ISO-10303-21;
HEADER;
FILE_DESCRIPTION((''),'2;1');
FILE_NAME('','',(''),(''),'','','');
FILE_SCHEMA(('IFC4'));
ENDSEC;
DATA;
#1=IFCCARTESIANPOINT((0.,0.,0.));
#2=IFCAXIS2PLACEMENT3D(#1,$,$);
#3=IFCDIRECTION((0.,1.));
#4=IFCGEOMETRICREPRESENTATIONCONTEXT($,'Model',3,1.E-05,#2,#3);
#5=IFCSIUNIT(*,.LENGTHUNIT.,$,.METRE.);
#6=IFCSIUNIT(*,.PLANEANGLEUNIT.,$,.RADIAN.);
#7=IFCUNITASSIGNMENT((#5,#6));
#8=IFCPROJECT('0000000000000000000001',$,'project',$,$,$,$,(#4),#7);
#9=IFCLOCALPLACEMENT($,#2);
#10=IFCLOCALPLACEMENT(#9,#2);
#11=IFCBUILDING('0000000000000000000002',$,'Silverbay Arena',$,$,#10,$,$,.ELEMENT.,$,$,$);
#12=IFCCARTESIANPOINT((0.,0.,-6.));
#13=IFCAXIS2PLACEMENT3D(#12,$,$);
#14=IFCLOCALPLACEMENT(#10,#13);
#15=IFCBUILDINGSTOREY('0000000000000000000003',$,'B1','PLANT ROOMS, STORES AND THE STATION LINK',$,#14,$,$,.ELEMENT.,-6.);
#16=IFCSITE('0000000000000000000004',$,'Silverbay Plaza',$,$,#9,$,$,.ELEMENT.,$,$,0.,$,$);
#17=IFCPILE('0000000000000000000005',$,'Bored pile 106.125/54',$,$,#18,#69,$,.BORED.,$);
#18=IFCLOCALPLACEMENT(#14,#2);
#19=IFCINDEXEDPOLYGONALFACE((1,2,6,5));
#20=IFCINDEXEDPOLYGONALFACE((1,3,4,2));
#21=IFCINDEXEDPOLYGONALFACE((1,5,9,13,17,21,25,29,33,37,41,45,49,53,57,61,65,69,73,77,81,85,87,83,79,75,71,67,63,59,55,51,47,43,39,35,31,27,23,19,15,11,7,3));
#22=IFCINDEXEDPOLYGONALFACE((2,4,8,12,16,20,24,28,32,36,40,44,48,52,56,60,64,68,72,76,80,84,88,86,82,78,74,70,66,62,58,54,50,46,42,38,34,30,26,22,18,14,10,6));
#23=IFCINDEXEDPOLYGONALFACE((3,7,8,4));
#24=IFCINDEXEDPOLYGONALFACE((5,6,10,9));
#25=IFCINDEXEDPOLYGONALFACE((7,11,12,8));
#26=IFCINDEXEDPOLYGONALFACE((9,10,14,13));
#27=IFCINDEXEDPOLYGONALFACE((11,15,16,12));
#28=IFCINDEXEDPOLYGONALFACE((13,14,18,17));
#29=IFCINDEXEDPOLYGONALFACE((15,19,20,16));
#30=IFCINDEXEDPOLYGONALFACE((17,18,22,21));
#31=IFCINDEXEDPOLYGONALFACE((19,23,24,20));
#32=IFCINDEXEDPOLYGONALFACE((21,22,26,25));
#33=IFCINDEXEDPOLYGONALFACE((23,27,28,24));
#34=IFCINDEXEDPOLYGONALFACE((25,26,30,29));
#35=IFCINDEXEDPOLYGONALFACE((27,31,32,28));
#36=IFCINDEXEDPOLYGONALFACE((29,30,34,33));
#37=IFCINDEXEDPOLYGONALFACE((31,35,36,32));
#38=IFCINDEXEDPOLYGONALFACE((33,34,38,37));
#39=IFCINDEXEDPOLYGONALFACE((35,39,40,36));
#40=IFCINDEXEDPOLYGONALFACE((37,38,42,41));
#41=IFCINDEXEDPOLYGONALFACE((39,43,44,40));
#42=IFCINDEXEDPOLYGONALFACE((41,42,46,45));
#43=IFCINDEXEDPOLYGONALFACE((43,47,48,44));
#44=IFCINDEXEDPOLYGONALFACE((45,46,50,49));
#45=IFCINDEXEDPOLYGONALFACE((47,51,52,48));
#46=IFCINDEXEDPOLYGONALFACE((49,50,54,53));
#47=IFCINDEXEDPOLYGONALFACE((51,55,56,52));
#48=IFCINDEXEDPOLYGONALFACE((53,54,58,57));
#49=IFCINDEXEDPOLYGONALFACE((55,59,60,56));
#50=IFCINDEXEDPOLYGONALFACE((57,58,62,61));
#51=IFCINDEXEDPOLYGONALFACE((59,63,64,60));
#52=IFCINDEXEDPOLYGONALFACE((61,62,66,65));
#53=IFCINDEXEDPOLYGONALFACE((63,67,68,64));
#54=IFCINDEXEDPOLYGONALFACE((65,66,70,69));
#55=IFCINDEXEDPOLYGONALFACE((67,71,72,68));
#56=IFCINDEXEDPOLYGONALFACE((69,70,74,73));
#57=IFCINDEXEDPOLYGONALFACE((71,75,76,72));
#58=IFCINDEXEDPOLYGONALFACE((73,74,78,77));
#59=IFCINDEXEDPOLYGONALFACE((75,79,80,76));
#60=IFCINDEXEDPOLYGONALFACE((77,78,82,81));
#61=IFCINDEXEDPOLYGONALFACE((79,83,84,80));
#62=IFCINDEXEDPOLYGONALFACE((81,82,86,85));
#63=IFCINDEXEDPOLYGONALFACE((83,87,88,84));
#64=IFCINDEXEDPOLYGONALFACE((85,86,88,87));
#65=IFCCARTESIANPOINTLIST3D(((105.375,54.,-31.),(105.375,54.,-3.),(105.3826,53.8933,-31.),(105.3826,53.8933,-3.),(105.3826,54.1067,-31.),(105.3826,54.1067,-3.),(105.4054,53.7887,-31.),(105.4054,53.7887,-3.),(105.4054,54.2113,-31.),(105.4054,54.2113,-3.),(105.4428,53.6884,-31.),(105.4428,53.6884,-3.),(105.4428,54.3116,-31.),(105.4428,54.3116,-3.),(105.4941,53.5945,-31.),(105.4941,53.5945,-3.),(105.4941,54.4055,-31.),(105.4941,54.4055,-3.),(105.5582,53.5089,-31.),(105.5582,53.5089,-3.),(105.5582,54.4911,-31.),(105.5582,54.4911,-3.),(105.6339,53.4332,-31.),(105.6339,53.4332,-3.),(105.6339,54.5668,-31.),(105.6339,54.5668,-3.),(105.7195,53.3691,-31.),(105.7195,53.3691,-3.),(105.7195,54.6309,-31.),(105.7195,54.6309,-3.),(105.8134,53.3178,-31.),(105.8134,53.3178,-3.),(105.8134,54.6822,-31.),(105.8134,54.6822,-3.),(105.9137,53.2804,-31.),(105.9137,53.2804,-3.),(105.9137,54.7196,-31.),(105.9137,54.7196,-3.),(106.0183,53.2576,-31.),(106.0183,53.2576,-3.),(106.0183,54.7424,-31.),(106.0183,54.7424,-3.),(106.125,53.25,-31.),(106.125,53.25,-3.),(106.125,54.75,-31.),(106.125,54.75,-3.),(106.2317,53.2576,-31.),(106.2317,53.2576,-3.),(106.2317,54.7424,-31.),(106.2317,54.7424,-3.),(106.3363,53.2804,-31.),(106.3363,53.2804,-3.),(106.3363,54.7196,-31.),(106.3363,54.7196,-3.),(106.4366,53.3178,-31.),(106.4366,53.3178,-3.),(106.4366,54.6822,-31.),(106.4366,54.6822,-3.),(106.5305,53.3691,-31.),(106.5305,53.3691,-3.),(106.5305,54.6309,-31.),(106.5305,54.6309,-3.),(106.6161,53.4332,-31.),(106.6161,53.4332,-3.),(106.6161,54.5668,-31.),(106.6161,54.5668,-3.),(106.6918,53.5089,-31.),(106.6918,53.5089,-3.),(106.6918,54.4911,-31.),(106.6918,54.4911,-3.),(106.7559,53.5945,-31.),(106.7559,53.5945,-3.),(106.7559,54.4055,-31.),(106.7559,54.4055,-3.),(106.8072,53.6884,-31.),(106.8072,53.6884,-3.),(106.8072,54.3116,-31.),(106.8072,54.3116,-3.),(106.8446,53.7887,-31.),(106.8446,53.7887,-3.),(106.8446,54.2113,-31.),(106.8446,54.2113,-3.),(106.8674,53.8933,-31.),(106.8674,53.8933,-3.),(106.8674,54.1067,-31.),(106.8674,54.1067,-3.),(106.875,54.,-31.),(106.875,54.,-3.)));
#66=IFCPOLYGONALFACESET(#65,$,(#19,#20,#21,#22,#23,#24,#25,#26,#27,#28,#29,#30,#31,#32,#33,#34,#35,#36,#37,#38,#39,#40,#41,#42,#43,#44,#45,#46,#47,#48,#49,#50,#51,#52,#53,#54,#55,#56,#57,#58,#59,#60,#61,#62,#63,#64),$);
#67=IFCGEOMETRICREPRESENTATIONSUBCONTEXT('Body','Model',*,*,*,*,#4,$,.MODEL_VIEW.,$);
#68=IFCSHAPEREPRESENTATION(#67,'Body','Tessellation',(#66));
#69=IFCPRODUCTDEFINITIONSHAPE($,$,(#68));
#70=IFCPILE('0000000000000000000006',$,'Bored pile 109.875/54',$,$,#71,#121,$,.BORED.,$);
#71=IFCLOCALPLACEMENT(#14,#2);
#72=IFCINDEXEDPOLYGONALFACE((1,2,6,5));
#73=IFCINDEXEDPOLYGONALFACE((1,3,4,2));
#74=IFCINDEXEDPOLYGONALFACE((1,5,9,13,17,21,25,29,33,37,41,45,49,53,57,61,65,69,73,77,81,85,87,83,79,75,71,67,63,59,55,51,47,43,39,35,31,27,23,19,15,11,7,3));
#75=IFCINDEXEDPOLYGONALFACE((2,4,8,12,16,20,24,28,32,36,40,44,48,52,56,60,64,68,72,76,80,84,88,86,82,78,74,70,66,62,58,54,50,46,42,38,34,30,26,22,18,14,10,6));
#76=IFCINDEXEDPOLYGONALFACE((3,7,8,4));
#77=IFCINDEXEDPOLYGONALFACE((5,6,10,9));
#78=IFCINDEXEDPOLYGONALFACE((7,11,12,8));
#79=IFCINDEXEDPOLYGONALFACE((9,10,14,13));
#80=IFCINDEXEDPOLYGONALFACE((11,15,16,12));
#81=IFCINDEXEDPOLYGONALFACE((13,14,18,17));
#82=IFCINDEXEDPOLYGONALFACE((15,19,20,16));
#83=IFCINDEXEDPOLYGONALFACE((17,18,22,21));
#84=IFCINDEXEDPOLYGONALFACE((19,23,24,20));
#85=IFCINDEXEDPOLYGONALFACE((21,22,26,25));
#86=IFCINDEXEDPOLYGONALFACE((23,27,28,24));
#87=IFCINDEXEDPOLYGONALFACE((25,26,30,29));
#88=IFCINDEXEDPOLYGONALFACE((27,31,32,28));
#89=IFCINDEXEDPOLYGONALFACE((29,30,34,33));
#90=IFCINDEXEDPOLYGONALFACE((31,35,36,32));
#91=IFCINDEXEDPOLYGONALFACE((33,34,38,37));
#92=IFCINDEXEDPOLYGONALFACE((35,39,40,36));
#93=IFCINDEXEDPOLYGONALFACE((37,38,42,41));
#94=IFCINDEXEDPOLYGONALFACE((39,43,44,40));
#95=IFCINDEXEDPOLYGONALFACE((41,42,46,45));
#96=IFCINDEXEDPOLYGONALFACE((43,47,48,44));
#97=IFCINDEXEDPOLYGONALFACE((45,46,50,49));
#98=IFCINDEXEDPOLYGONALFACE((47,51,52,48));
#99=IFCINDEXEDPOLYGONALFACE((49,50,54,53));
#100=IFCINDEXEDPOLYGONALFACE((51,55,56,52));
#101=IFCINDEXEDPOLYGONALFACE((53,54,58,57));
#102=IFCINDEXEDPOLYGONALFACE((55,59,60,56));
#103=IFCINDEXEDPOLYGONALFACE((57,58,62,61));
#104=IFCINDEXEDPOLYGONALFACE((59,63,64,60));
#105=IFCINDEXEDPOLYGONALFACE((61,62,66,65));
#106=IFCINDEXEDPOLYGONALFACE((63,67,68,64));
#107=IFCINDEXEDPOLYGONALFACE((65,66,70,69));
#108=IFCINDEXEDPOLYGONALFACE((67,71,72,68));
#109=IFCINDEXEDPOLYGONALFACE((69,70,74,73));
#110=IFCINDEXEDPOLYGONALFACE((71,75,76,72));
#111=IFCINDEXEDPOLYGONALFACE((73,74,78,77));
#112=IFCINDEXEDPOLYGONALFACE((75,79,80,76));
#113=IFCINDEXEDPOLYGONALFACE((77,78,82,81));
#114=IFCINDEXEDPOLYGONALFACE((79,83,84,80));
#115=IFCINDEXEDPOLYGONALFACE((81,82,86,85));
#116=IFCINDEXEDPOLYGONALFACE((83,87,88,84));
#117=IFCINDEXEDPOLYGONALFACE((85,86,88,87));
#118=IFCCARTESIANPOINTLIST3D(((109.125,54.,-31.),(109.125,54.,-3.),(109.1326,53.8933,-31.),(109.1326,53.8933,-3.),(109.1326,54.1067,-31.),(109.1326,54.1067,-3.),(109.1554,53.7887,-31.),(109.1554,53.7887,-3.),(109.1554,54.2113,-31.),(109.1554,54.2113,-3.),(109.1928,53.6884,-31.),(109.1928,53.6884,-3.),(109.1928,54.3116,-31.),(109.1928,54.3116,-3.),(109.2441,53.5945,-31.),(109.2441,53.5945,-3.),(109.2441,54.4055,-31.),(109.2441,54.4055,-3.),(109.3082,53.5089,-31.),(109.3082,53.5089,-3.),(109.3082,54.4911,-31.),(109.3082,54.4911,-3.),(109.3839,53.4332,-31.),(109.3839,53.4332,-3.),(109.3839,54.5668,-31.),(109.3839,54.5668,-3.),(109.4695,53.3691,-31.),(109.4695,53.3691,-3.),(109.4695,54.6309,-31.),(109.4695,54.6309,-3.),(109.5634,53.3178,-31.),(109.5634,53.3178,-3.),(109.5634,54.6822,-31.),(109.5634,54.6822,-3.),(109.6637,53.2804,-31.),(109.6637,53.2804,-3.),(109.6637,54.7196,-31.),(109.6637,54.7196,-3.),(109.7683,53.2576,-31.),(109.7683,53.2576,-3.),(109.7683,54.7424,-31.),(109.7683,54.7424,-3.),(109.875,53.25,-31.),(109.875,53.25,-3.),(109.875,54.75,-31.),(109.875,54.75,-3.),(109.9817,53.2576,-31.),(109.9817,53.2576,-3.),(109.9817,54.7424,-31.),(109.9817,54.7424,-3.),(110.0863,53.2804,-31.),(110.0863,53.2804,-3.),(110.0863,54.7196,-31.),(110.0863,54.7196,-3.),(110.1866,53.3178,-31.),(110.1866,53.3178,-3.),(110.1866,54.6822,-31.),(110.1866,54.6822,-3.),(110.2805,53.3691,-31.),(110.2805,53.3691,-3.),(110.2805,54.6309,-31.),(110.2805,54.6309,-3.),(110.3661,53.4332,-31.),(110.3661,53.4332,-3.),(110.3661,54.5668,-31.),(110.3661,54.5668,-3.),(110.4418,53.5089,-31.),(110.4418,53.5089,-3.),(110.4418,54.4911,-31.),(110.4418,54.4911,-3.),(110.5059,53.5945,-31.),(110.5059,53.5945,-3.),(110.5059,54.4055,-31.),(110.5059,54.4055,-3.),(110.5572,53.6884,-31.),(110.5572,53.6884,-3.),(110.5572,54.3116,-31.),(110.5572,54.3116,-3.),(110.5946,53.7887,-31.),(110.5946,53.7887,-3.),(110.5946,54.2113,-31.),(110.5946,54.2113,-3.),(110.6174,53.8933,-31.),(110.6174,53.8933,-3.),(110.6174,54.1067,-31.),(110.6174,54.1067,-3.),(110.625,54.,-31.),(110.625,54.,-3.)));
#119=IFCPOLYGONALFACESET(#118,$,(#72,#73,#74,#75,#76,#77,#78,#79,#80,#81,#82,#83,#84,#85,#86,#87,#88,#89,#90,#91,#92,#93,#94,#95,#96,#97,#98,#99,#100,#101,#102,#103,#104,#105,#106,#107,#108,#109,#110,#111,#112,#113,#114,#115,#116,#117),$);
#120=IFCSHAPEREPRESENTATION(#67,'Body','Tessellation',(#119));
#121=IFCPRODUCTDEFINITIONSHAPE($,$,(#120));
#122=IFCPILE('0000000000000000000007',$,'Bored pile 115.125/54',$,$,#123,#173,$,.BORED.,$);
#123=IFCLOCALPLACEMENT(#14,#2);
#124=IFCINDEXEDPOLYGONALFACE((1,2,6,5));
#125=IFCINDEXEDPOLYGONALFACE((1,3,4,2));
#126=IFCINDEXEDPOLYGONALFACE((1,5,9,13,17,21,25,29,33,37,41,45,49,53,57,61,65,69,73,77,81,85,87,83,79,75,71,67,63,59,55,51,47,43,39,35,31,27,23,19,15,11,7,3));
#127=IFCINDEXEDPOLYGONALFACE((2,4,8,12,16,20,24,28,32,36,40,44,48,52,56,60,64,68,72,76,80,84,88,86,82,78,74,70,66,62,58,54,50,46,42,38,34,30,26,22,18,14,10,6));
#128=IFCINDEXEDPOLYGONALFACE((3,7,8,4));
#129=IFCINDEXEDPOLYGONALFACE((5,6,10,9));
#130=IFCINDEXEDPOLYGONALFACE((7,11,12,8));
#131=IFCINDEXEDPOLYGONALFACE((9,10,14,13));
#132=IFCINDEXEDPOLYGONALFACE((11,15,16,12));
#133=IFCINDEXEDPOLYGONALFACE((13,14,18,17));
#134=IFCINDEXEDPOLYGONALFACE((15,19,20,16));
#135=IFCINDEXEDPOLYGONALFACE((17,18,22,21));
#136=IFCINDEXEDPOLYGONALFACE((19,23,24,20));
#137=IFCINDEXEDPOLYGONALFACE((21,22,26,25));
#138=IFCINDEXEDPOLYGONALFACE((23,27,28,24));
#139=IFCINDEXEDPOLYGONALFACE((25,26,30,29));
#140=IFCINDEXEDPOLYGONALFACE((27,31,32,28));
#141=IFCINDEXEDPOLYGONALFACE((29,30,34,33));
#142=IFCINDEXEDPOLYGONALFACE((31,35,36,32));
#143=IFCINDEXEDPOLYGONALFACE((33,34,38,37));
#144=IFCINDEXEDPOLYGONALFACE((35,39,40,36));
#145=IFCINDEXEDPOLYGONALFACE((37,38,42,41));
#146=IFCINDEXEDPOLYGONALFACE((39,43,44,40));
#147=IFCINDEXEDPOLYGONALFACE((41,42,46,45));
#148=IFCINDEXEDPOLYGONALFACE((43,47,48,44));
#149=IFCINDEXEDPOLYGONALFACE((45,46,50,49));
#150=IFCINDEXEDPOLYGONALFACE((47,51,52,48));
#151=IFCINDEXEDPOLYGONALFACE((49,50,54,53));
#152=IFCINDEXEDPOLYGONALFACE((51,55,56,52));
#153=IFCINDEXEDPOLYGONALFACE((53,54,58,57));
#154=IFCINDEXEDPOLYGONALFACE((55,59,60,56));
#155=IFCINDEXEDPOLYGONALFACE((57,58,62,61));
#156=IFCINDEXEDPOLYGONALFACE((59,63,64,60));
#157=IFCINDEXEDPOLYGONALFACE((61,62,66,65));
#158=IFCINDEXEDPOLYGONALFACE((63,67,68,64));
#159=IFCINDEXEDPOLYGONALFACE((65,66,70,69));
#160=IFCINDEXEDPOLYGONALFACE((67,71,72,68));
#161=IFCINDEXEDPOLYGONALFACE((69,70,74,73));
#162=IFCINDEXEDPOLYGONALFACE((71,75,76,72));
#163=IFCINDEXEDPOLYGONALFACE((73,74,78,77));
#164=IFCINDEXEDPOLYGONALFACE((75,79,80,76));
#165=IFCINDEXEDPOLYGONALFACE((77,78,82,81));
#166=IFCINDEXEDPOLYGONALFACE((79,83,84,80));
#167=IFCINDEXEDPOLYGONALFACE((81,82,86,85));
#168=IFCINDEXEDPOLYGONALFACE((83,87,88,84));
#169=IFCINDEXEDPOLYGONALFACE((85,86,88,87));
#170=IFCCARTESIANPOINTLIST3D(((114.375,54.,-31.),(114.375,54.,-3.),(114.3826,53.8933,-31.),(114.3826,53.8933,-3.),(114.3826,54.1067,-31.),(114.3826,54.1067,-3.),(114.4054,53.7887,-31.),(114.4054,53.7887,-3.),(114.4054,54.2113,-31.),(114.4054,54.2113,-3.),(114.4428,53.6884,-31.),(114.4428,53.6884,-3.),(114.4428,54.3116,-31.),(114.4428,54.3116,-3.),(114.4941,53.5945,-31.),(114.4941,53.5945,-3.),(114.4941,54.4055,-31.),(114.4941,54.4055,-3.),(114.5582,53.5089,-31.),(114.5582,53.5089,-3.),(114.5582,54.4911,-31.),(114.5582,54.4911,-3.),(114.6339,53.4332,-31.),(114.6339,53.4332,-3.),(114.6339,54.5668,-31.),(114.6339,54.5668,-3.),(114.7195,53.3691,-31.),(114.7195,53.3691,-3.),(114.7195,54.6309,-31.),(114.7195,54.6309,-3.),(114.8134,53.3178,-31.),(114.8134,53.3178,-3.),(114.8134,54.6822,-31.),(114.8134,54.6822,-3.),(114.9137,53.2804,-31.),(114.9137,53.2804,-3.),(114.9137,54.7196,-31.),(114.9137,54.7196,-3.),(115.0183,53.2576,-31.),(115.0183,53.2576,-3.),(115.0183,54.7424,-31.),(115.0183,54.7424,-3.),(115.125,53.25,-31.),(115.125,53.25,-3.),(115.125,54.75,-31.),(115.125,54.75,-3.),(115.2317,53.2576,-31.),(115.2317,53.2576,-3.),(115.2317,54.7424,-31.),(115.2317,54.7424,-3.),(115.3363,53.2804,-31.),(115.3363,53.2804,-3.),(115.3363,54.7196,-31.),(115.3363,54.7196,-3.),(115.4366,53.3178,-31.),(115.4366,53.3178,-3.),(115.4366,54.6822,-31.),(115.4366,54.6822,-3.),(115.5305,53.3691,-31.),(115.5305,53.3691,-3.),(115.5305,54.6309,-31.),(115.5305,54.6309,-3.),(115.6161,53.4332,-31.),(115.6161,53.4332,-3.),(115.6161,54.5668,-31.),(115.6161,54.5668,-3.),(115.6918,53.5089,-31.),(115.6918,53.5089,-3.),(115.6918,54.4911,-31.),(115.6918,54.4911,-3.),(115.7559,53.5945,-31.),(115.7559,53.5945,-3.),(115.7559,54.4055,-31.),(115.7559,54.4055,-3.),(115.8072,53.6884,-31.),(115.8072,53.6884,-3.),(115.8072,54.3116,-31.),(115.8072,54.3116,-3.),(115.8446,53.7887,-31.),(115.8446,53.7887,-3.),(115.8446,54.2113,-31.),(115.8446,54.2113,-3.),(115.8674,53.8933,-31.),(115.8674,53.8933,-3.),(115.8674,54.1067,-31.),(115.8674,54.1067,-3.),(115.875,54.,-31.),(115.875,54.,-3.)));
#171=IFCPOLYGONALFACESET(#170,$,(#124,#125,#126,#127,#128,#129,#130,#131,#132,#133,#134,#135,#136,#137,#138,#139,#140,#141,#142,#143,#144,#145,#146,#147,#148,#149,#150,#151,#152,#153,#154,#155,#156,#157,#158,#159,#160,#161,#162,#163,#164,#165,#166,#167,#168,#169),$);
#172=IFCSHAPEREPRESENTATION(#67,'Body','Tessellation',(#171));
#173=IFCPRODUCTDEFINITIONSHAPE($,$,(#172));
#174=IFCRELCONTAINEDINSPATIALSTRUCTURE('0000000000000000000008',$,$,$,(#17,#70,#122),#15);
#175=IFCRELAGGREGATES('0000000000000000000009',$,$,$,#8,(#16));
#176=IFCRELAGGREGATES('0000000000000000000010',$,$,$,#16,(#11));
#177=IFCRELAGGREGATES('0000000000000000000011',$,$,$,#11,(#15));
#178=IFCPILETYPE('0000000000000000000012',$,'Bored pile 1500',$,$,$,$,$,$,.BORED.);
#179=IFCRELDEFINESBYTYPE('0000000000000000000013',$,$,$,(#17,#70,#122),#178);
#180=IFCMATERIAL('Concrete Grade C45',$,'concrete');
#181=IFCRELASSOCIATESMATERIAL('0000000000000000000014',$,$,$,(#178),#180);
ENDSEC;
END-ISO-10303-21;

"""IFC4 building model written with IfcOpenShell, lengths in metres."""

from ifc_helpers import new_model, si_unit, direction, frame, origin, origin_2d, place, context, subcontext, project, spatial, circle, extrude, material, material_profile, profile_set, type_object, element, save


model = new_model("IFC4")

# Units and contexts
model_context = context("Model", 3, precision=1e-05, world=origin(), true_north=direction((0.0, 1.0)))
body_context = subcontext(model_context, "Body", "Model", "MODEL_VIEW")
ifc_project = project(units=[si_unit("LENGTHUNIT", "METRE"), si_unit("PLANEANGLEUNIT", "RADIAN")], contexts=[model_context])

# Site, building, storey
site_placement = place(None, origin())
site = spatial("IfcSite", under=ifc_project, at=site_placement, Name="Silverbay Plaza", CompositionType="ELEMENT", RefElevation=0.0)
building_placement = place(site_placement, origin())
building = spatial("IfcBuilding", under=site, at=building_placement, Name="Silverbay Arena", CompositionType="ELEMENT")
storey_placement = place(building_placement, frame((0.0, 0.0, -6.0)))
storey = spatial("IfcBuildingStorey", under=building, at=storey_placement, Name="B1", Description="PLANT ROOMS, STORES AND THE STATION LINK", CompositionType="ELEMENT", Elevation=-6.0)

# Piles
ifc_material_1 = material(Name="Concrete Grade C45", Category="concrete")
ifc_material_profile_1 = material_profile(ifc_material_1, circle(Radius=0.75, at=origin_2d()), Name="Bored pile 1500")
ifc_profile_set_1 = profile_set([ifc_material_profile_1], Name="Concrete Grade C45")
pile_type_1 = type_object("IfcPileType", Name="Bored pile 1500", PredefinedType="BORED", material=ifc_profile_set_1)
for number, where, z_axis, x_axis, name in (
    (1, (106.125, 54.0, -3.0), (0.0, 0.0, -1.0), (1.0, 0.0, 0.0), "Bored pile 106.125/54"),
    (2, (109.875, 54.0, -3.0), (0.0, 0.0, -1.0), (1.0, 0.0, 0.0), "Bored pile 109.875/54"),
    (3, (115.125, 54.0, -3.0), (0.0, 0.0, -1.0), (1.0, 0.0, 0.0), "Bored pile 115.125/54"),
):
    element("IfcPile", number, at=place(storey_placement, frame(where, z_axis=z_axis, x_axis=x_axis)), inside=storey, type_object=pile_type_1, Name=name, PredefinedType="BORED", context=body_context, shape_type="SweptSolid", body=[
        extrude(circle(Radius=0.75, at=origin_2d()), origin(), (0.0, 0.0, 1.0), 28.0),
    ])

save(model, "model.ifc")
